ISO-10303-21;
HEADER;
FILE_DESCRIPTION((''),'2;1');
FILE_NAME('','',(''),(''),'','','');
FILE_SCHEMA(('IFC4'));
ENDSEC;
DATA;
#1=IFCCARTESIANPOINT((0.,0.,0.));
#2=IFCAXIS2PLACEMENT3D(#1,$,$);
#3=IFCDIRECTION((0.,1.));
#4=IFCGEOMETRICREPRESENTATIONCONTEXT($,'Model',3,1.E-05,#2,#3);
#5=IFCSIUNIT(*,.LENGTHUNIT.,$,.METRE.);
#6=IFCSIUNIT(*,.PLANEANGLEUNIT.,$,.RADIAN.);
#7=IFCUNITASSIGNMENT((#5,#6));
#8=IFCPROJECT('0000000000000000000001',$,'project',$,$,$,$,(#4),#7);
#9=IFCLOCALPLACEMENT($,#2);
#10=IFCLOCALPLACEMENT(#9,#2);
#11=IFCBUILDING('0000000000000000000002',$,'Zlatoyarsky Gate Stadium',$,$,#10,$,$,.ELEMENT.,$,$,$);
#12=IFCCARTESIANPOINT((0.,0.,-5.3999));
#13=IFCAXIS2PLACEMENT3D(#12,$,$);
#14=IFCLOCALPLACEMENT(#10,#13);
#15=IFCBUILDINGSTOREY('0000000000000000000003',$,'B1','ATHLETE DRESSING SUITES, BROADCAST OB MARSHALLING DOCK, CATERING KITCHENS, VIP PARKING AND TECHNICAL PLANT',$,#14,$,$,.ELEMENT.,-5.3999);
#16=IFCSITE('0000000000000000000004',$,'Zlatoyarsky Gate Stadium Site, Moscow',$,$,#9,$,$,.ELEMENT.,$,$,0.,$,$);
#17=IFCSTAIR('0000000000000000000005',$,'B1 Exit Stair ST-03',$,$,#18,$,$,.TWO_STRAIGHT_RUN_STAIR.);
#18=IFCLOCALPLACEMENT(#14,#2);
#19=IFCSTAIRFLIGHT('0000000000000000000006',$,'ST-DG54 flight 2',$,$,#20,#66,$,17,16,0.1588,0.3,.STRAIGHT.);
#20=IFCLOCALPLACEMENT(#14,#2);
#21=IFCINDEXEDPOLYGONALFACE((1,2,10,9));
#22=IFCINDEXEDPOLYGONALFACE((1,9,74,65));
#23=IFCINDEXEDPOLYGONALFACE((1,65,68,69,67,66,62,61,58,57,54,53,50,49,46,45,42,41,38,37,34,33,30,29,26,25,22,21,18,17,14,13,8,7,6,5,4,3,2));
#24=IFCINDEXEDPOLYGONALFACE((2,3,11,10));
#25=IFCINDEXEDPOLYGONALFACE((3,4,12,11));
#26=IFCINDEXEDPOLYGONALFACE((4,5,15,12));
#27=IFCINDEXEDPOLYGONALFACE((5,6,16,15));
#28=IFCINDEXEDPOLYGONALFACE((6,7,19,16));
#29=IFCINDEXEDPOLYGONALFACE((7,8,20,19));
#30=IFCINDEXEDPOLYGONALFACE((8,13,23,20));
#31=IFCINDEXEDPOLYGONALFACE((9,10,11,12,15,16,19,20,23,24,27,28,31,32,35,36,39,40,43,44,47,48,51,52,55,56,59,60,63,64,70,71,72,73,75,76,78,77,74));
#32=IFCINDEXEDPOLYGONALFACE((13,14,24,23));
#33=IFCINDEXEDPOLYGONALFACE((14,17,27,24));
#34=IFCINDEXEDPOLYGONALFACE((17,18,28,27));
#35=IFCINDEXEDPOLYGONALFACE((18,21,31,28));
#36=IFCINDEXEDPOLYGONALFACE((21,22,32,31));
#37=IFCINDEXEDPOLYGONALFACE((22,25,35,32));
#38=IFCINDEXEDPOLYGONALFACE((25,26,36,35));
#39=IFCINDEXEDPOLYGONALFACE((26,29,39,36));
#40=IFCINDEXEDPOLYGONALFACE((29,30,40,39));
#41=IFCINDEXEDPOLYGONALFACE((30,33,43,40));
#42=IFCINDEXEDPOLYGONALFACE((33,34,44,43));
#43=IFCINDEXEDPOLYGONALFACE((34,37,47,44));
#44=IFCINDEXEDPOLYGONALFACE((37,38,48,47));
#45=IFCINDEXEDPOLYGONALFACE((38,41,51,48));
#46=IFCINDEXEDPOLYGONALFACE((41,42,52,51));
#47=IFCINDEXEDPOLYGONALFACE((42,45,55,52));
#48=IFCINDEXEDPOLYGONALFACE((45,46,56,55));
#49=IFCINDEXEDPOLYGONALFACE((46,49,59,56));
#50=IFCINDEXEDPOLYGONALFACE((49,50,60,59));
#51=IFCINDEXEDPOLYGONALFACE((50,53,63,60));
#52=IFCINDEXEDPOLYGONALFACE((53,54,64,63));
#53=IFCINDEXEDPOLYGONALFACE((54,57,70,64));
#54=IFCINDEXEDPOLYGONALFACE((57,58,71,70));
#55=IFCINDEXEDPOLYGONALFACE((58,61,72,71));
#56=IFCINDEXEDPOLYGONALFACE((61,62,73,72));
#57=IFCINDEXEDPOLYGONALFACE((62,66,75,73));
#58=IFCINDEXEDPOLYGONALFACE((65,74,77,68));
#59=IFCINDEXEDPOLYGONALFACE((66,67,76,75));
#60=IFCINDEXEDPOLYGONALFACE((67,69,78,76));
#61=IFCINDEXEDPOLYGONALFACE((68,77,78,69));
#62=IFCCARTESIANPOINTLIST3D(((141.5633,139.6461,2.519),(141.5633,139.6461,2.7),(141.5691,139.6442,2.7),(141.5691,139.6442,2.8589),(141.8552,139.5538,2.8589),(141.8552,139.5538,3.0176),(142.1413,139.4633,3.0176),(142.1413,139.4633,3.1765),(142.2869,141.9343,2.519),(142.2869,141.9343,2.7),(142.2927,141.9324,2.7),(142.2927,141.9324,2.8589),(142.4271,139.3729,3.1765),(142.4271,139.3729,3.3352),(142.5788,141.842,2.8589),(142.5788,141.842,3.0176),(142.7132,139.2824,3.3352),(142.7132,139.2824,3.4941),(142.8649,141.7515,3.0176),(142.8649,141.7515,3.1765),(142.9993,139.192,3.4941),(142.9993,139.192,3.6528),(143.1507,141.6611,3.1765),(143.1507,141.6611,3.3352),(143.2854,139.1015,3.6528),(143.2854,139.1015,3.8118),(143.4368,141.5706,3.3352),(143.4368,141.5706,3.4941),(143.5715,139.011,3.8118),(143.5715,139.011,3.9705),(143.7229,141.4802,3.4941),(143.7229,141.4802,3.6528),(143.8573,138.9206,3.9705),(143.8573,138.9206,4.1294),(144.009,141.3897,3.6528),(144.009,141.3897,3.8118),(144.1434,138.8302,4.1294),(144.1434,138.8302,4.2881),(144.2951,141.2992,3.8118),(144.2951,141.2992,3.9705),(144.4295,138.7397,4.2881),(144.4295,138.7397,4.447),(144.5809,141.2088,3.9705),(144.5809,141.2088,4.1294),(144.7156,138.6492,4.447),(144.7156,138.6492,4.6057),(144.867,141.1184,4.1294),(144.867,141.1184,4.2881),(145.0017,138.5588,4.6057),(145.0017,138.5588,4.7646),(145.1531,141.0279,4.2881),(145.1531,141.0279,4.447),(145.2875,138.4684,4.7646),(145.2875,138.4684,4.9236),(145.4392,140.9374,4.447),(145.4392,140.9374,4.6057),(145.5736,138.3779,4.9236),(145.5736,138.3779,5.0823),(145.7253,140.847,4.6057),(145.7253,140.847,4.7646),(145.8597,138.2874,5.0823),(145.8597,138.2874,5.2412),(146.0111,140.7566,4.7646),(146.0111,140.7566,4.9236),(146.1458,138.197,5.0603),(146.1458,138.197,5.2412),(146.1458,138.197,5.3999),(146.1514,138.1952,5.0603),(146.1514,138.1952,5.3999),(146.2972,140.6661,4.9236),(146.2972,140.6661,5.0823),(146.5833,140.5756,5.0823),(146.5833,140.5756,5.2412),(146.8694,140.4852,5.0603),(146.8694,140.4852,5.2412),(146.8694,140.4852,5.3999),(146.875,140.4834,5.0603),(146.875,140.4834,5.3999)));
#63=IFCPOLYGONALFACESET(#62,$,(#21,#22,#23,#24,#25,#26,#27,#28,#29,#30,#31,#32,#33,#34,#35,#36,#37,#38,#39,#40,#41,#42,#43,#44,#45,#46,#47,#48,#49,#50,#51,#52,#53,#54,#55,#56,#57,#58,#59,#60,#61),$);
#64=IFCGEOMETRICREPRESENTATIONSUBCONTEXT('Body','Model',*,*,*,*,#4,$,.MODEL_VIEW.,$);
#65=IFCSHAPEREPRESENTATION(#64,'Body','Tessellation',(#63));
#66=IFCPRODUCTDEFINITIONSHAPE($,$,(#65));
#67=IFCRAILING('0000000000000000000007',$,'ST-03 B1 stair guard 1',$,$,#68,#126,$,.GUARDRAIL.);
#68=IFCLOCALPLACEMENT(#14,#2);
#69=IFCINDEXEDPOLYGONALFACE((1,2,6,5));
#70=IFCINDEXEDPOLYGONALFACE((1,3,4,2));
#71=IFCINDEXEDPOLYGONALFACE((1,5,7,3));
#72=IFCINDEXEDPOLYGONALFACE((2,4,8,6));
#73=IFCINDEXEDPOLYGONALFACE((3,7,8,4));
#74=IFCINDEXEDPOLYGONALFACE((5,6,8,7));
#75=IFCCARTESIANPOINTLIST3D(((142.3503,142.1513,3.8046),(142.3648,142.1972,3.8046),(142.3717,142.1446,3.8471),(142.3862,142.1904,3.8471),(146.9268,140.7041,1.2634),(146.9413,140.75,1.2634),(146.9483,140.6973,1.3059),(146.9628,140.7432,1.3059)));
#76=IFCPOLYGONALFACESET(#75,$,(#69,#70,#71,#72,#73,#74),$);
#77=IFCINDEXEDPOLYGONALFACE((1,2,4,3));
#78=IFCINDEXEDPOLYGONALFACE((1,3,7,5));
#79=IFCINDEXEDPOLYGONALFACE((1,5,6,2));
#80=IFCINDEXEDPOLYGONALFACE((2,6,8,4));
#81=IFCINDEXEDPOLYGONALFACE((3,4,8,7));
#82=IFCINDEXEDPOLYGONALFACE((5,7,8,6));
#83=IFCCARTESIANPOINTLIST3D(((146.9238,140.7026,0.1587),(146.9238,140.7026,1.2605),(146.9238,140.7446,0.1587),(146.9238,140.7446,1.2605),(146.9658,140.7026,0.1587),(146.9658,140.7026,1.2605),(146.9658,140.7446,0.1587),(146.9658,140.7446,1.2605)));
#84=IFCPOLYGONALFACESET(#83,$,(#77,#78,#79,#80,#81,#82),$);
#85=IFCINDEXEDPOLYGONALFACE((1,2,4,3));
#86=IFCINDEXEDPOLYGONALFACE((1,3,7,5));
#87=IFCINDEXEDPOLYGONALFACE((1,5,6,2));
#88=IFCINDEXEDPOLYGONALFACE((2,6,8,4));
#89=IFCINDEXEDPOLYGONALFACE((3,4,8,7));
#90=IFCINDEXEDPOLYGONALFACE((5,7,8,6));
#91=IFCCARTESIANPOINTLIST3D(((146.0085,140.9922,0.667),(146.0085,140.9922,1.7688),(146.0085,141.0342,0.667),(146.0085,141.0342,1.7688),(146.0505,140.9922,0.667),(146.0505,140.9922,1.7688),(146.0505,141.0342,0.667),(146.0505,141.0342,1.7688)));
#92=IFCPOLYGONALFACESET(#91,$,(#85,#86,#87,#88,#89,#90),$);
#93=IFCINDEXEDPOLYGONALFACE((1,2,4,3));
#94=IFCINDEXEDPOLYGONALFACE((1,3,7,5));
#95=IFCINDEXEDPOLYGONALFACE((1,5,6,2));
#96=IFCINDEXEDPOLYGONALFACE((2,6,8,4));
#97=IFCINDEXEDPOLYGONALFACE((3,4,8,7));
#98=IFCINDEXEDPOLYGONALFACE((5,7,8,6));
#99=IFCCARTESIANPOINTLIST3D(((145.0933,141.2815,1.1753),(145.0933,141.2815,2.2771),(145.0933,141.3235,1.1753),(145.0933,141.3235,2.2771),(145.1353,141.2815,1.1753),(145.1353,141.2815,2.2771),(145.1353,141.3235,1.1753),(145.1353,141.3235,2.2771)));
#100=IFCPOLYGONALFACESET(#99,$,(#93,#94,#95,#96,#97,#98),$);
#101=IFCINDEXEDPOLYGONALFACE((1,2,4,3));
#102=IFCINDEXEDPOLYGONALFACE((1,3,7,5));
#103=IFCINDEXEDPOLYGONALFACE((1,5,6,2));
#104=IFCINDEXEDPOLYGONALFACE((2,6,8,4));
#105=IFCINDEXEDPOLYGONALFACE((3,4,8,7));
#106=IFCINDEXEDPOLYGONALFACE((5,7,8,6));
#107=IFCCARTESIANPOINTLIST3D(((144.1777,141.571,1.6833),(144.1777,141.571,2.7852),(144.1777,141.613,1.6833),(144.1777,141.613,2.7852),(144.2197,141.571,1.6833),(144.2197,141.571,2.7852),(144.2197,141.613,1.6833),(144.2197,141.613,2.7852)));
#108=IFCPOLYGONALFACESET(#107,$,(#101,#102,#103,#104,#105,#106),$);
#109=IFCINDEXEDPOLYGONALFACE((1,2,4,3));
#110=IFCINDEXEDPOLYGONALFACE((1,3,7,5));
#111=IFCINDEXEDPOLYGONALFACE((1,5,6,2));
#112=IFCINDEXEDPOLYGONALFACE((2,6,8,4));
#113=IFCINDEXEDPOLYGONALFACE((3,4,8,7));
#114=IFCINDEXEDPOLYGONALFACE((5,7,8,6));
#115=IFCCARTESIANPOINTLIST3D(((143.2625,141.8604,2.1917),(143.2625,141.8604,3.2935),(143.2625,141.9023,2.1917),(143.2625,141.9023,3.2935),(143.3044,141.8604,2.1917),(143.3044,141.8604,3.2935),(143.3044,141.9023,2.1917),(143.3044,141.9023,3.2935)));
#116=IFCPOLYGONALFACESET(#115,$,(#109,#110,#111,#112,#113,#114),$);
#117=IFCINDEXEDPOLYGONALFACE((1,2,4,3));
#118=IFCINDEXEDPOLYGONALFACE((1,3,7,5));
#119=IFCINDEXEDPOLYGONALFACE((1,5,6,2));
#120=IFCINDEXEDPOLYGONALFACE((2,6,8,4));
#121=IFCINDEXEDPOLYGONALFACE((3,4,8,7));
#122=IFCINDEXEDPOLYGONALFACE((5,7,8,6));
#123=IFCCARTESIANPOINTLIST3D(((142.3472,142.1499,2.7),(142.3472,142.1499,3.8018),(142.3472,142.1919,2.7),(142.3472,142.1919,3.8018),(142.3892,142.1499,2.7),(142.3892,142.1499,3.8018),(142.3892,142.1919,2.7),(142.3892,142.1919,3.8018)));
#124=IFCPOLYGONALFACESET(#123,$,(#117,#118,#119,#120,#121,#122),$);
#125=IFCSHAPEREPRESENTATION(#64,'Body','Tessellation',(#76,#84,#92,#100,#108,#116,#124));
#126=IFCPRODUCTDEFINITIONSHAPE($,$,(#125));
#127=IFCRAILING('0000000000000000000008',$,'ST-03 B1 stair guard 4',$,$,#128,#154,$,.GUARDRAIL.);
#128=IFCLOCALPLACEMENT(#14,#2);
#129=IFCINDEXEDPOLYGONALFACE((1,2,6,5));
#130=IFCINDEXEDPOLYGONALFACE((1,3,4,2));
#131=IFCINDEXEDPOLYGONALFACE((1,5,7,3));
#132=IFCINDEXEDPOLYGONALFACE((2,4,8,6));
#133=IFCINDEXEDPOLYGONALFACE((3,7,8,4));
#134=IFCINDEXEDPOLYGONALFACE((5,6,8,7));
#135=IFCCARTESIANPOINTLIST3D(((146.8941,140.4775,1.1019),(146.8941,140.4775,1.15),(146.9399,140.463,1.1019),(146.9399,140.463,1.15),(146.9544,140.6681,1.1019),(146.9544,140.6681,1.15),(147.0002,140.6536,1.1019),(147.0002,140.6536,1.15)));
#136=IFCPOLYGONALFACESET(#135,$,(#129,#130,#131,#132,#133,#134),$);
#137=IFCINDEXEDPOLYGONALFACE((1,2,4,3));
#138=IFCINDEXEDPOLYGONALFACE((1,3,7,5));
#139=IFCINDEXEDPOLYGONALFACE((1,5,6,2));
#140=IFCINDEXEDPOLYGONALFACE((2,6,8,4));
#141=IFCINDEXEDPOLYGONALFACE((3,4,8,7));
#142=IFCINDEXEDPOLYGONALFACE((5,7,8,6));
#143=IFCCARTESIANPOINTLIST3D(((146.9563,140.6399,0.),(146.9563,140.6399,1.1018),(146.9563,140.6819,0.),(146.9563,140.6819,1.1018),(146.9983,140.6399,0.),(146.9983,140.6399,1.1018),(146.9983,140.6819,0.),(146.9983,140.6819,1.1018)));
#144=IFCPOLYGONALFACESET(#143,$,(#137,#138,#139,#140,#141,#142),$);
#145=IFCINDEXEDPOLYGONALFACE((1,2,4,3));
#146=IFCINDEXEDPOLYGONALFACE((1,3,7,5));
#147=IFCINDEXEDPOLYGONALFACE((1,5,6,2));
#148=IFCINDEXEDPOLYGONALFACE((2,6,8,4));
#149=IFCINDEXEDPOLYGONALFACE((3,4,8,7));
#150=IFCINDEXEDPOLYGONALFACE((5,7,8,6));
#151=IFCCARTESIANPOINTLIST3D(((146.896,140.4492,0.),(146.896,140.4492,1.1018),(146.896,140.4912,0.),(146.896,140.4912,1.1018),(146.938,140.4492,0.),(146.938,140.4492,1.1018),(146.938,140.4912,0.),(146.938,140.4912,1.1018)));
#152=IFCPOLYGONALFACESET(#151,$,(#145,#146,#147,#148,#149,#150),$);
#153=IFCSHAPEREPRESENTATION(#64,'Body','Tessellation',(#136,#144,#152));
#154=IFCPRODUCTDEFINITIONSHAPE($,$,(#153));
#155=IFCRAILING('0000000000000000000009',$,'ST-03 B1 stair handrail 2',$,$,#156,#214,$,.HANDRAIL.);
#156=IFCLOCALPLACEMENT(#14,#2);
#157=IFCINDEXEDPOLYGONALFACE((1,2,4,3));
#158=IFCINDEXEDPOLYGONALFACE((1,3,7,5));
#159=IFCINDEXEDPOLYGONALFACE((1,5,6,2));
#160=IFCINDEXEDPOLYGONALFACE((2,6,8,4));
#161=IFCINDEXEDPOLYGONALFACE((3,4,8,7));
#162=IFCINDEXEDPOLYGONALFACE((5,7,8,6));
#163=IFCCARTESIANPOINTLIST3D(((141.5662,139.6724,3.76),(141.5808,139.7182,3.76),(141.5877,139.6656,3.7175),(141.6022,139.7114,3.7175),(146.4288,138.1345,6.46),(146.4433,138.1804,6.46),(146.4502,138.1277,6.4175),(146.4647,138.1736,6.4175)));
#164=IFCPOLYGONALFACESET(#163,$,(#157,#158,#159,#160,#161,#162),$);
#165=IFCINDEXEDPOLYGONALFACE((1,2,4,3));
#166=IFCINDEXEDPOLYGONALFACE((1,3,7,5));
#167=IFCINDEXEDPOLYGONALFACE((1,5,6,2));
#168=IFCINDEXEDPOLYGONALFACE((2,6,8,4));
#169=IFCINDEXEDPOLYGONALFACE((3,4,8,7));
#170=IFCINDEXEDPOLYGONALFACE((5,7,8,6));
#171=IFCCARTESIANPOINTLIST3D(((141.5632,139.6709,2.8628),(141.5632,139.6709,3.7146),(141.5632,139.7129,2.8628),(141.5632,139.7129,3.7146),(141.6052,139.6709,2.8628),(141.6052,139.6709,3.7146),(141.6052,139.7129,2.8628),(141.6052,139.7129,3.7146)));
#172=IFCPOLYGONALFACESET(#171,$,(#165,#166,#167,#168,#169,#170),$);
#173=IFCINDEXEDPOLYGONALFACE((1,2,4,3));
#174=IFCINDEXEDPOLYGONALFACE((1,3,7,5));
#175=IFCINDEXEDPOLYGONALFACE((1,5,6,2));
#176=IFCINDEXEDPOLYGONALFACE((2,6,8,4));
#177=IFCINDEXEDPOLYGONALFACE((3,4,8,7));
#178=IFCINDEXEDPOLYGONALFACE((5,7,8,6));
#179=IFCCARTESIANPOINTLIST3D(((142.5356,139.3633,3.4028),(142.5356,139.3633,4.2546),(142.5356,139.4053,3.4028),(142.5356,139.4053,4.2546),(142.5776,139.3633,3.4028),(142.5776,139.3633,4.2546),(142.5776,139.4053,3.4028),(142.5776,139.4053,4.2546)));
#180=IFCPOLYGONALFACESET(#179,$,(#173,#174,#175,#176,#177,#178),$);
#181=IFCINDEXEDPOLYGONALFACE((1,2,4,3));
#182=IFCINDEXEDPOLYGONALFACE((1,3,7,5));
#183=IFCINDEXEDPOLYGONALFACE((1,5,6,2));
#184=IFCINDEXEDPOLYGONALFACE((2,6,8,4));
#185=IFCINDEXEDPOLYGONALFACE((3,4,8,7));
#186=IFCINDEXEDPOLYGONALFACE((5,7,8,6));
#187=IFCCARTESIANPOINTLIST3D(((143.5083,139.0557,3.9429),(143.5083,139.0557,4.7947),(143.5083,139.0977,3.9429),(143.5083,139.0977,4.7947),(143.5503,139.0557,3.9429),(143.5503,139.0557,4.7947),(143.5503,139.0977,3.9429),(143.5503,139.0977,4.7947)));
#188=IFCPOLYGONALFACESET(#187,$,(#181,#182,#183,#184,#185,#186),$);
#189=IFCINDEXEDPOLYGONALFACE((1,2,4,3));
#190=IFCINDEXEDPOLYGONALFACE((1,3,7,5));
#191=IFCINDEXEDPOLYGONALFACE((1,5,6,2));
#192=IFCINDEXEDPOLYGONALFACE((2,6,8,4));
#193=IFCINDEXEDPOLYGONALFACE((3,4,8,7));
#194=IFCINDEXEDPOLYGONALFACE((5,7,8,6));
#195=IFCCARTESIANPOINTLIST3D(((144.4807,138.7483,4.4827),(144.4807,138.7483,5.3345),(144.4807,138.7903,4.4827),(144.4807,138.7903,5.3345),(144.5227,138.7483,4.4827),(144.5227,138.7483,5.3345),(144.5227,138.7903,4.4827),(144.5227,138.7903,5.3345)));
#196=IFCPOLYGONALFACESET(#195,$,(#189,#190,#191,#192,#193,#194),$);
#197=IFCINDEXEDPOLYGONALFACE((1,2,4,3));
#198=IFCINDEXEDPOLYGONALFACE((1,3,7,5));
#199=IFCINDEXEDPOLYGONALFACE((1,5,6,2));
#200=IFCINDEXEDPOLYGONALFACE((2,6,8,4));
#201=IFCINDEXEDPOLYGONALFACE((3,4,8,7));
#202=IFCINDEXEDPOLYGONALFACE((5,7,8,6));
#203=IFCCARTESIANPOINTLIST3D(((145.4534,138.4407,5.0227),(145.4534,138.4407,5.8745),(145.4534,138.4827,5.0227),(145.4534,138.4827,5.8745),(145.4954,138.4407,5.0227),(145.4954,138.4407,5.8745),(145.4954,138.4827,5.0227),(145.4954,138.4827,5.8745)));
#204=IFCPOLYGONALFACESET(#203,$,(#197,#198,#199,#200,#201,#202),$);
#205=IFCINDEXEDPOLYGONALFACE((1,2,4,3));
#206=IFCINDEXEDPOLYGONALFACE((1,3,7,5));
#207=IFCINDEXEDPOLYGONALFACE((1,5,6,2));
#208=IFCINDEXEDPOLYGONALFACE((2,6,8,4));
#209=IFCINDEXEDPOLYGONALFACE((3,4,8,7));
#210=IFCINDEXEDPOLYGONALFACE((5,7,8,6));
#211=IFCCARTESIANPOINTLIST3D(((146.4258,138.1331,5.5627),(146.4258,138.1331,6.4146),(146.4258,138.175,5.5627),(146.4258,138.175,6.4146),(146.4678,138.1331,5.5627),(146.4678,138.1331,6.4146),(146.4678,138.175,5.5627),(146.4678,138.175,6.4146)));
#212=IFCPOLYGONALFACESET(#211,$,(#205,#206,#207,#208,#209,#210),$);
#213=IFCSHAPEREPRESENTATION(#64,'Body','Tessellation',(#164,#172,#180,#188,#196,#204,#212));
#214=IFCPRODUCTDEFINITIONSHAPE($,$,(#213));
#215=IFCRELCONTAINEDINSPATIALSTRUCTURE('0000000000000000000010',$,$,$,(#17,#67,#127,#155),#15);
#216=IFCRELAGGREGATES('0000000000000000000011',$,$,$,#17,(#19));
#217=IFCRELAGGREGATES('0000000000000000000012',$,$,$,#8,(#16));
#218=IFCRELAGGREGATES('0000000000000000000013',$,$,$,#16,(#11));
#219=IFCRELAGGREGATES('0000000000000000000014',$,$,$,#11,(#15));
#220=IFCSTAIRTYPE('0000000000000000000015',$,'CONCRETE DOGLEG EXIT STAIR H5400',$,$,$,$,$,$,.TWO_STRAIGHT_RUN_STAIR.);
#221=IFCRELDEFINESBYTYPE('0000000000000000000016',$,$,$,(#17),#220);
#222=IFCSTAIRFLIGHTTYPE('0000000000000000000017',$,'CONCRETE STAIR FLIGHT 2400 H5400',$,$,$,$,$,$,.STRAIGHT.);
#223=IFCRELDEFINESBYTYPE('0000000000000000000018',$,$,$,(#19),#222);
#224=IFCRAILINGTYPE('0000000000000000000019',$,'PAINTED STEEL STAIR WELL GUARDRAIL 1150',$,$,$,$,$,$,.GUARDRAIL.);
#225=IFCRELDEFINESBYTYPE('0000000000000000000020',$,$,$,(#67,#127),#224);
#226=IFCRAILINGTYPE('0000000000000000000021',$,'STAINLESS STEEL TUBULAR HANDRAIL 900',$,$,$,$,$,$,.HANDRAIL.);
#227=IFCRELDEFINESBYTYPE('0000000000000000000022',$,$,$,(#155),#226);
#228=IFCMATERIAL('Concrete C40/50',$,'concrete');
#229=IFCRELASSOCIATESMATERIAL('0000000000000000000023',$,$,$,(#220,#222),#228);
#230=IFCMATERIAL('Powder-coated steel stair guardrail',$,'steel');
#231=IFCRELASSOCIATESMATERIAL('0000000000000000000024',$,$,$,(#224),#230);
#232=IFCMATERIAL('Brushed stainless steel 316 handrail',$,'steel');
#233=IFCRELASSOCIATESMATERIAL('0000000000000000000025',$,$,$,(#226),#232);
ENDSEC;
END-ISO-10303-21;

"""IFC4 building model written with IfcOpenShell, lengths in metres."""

from ifc_helpers import new_model, si_unit, direction, frame, origin, origin_2d, place, context, subcontext, project, spatial, polyline, rectangle, outline, extrude, material, type_object, element, aggregate, save


model = new_model("IFC4")

# Units and contexts
model_context = context("Model", 3, precision=1e-05, world=origin(), true_north=direction((0.0, 1.0)))
body_context = subcontext(model_context, "Body", "Model", "MODEL_VIEW")
ifc_project = project(units=[si_unit("LENGTHUNIT", "METRE"), si_unit("PLANEANGLEUNIT", "RADIAN")], contexts=[model_context])

# Site, building, storey
site_placement = place(None, origin())
site = spatial("IfcSite", under=ifc_project, at=site_placement, Name="Zlatoyarsky Gate Stadium Site, Moscow", CompositionType="ELEMENT", RefElevation=0.0)
building_placement = place(site_placement, origin())
building = spatial("IfcBuilding", under=site, at=building_placement, Name="Zlatoyarsky Gate Stadium", CompositionType="ELEMENT")
storey_placement = place(building_placement, frame((0.0, 0.0, -5.3999)))
storey = spatial("IfcBuildingStorey", under=building, at=storey_placement, Name="B1", Description="ATHLETE DRESSING SUITES, BROADCAST OB MARSHALLING DOCK, CATERING KITCHENS, VIP PARKING AND TECHNICAL PLANT", CompositionType="ELEMENT", Elevation=-5.3999)

# Shared definitions
ifc_material_1 = material(Name="Concrete C40/50", Category="concrete")

# Stair, stair flight
stair_type = type_object("IfcStairType", Name="CONCRETE DOGLEG EXIT STAIR H5400", PredefinedType="TWO_STRAIGHT_RUN_STAIR", material=ifc_material_1)
stair_placement = place(storey_placement, origin())
stair = element("IfcStair", 1, at=stair_placement, inside=storey, type_object=stair_type, Name="B1 Exit Stair ST-03", PredefinedType="TWO_STRAIGHT_RUN_STAIR")
stair_flight_type = type_object("IfcStairFlightType", Name="CONCRETE STAIR FLIGHT 2400 H5400", PredefinedType="STRAIGHT", material=ifc_material_1)
stair_flight_placement = place(storey_placement, frame((141.9309, 140.7883, 2.7), z_axis=(0.0, 0.0, 1.0), x_axis=(0.953463, -0.30151, 0.0)))
stair_flight = element("IfcStairFlight", 2, at=stair_flight_placement, type_object=stair_flight_type, Name="ST-DG54 flight 2", NumberOfRisers=17, NumberOfTreads=16, PredefinedType="STRAIGHT", RiserHeight=0.1588, TreadLength=0.3, context=body_context, shape_type="SweptSolid", body=[
    extrude(outline(polyline([(-0.0061, -0.1809), (-0.0061, 0.0), (0.0, 0.0), (0.0, 0.1589), (0.3, 0.1589), (0.3, 0.3176), (0.6001, 0.3176), (0.6001, 0.4766), (0.8999, 0.4766), (0.8999, 0.6353), (1.2, 0.6353), (1.2, 0.7942), (1.5, 0.7942), (1.5, 0.9529), (1.8, 0.9529), (1.8, 1.1118), (2.1001, 1.1118), (2.1001, 1.2705), (2.3999, 1.2705), (2.3999, 1.4294), (2.7, 1.4294), (2.7, 1.5881), (3.0, 1.5881), (3.0, 1.7471), (3.3, 1.7471), (3.3, 1.9058), (3.6001, 1.9058), (3.6001, 2.0647), (3.8999, 2.0647), (3.8999, 2.2236), (4.2, 2.2236), (4.2, 2.3823), (4.5, 2.3823), (4.5, 2.5413), (4.8, 2.5413), (4.8, 2.7), (4.8059, 2.7), (4.8059, 2.3604), (4.8, 2.3604), (-0.0061, -0.1809)])), frame((0.0, 1.2, 0.0), z_axis=(0.0, -1.0, 0.0), x_axis=(1.0, 0.0, 0.0)), (0.0, 0.0, 1.0), 2.3999),
])
aggregate(stair, [stair_flight])

# Railings
ifc_material_2 = material(Name="Powder-coated steel stair guardrail", Category="steel")
railing_type_1 = type_object("IfcRailingType", Name="PAINTED STEEL STAIR WELL GUARDRAIL 1150", PredefinedType="GUARDRAIL", material=ifc_material_2)
railing_1_placement = place(storey_placement, frame((146.9448, 140.7236, 0.1587)))
element("IfcRailing", 3, at=railing_1_placement, inside=storey, type_object=railing_type_1, Name="ST-03 B1 stair guard 1", PredefinedType="GUARDRAIL", context=body_context, shape_type="SweptSolid", body=[
    extrude(rectangle(XDim=0.0481, YDim=0.0481, at=origin_2d()), frame((0.0, 0.0, 1.126), z_axis=(-0.842654, 0.26647, 0.467897), x_axis=(-0.301511, -0.953463, 0.0)), (0.0, 0.0, 1.0), 5.4312),
    extrude(rectangle(XDim=0.042, YDim=0.042, at=origin_2d()), origin(), (0.0, 0.0, 1.0), 1.1018),
    extrude(rectangle(XDim=0.042, YDim=0.042, at=origin_2d()), frame((-0.9153, 0.2896, 0.5083)), (0.0, 0.0, 1.0), 1.1018),
    extrude(rectangle(XDim=0.042, YDim=0.042, at=origin_2d()), frame((-1.8306, 0.5789, 1.0166)), (0.0, 0.0, 1.0), 1.1018),
    extrude(rectangle(XDim=0.042, YDim=0.042, at=origin_2d()), frame((-2.7461, 0.8684, 1.5247)), (0.0, 0.0, 1.0), 1.1018),
    extrude(rectangle(XDim=0.042, YDim=0.042, at=origin_2d()), frame((-3.6614, 1.1577, 2.033)), (0.0, 0.0, 1.0), 1.1018),
    extrude(rectangle(XDim=0.042, YDim=0.042, at=origin_2d()), frame((-4.5767, 1.4473, 2.5413)), (0.0, 0.0, 1.0), 1.1018),
])
railing_2_placement = place(storey_placement, frame((146.9773, 140.6609, 0.0)))
element("IfcRailing", 4, at=railing_2_placement, inside=storey, type_object=railing_type_1, Name="ST-03 B1 stair guard 4", PredefinedType="GUARDRAIL", context=body_context, shape_type="SweptSolid", body=[
    extrude(rectangle(XDim=0.0481, YDim=0.0481, at=origin_2d()), frame((0.0, 0.0, 1.126), z_axis=(-0.30154, -0.953453, 0.0), x_axis=(0.953453, -0.30154, 0.0)), (0.0, 0.0, 1.0), 0.2),
    extrude(rectangle(XDim=0.042, YDim=0.042, at=origin_2d()), origin(), (0.0, 0.0, 1.0), 1.1018),
    extrude(rectangle(XDim=0.042, YDim=0.042, at=origin_2d()), frame((-0.0603, -0.1907, 0.0)), (0.0, 0.0, 1.0), 1.1018),
])
ifc_material_3 = material(Name="Brushed stainless steel 316 handrail", Category="steel")
railing_type_2 = type_object("IfcRailingType", Name="STAINLESS STEEL TUBULAR HANDRAIL 900", PredefinedType="HANDRAIL", material=ifc_material_3)
railing_3_placement = place(storey_placement, frame((141.5842, 139.6919, 2.8628)))
element("IfcRailing", 5, at=railing_3_placement, inside=storey, type_object=railing_type_2, Name="ST-03 B1 stair handrail 2", PredefinedType="HANDRAIL", context=body_context, shape_type="SweptSolid", body=[
    extrude(rectangle(XDim=0.0481, YDim=0.0481, at=origin_2d()), frame((0.0, 0.0, 0.876), z_axis=(0.842651, -0.266499, 0.467886), x_axis=(0.301541, 0.953453, 0.0)), (0.0, 0.0, 1.0), 5.7705),
    extrude(rectangle(XDim=0.042, YDim=0.042, at=origin_2d()), origin(), (0.0, 0.0, 1.0), 0.8518),
    extrude(rectangle(XDim=0.042, YDim=0.042, at=origin_2d()), frame((0.9724, -0.3076, 0.54)), (0.0, 0.0, 1.0), 0.8518),
    extrude(rectangle(XDim=0.042, YDim=0.042, at=origin_2d()), frame((1.9451, -0.6152, 1.0801)), (0.0, 0.0, 1.0), 0.8518),
    extrude(rectangle(XDim=0.042, YDim=0.042, at=origin_2d()), frame((2.9175, -0.9226, 1.6199)), (0.0, 0.0, 1.0), 0.8518),
    extrude(rectangle(XDim=0.042, YDim=0.042, at=origin_2d()), frame((3.8901, -1.2302, 2.1599)), (0.0, 0.0, 1.0), 0.8518),
    extrude(rectangle(XDim=0.042, YDim=0.042, at=origin_2d()), frame((4.8625, -1.5378, 2.7)), (0.0, 0.0, 1.0), 0.8518),
])

save(model, "model.ifc")
